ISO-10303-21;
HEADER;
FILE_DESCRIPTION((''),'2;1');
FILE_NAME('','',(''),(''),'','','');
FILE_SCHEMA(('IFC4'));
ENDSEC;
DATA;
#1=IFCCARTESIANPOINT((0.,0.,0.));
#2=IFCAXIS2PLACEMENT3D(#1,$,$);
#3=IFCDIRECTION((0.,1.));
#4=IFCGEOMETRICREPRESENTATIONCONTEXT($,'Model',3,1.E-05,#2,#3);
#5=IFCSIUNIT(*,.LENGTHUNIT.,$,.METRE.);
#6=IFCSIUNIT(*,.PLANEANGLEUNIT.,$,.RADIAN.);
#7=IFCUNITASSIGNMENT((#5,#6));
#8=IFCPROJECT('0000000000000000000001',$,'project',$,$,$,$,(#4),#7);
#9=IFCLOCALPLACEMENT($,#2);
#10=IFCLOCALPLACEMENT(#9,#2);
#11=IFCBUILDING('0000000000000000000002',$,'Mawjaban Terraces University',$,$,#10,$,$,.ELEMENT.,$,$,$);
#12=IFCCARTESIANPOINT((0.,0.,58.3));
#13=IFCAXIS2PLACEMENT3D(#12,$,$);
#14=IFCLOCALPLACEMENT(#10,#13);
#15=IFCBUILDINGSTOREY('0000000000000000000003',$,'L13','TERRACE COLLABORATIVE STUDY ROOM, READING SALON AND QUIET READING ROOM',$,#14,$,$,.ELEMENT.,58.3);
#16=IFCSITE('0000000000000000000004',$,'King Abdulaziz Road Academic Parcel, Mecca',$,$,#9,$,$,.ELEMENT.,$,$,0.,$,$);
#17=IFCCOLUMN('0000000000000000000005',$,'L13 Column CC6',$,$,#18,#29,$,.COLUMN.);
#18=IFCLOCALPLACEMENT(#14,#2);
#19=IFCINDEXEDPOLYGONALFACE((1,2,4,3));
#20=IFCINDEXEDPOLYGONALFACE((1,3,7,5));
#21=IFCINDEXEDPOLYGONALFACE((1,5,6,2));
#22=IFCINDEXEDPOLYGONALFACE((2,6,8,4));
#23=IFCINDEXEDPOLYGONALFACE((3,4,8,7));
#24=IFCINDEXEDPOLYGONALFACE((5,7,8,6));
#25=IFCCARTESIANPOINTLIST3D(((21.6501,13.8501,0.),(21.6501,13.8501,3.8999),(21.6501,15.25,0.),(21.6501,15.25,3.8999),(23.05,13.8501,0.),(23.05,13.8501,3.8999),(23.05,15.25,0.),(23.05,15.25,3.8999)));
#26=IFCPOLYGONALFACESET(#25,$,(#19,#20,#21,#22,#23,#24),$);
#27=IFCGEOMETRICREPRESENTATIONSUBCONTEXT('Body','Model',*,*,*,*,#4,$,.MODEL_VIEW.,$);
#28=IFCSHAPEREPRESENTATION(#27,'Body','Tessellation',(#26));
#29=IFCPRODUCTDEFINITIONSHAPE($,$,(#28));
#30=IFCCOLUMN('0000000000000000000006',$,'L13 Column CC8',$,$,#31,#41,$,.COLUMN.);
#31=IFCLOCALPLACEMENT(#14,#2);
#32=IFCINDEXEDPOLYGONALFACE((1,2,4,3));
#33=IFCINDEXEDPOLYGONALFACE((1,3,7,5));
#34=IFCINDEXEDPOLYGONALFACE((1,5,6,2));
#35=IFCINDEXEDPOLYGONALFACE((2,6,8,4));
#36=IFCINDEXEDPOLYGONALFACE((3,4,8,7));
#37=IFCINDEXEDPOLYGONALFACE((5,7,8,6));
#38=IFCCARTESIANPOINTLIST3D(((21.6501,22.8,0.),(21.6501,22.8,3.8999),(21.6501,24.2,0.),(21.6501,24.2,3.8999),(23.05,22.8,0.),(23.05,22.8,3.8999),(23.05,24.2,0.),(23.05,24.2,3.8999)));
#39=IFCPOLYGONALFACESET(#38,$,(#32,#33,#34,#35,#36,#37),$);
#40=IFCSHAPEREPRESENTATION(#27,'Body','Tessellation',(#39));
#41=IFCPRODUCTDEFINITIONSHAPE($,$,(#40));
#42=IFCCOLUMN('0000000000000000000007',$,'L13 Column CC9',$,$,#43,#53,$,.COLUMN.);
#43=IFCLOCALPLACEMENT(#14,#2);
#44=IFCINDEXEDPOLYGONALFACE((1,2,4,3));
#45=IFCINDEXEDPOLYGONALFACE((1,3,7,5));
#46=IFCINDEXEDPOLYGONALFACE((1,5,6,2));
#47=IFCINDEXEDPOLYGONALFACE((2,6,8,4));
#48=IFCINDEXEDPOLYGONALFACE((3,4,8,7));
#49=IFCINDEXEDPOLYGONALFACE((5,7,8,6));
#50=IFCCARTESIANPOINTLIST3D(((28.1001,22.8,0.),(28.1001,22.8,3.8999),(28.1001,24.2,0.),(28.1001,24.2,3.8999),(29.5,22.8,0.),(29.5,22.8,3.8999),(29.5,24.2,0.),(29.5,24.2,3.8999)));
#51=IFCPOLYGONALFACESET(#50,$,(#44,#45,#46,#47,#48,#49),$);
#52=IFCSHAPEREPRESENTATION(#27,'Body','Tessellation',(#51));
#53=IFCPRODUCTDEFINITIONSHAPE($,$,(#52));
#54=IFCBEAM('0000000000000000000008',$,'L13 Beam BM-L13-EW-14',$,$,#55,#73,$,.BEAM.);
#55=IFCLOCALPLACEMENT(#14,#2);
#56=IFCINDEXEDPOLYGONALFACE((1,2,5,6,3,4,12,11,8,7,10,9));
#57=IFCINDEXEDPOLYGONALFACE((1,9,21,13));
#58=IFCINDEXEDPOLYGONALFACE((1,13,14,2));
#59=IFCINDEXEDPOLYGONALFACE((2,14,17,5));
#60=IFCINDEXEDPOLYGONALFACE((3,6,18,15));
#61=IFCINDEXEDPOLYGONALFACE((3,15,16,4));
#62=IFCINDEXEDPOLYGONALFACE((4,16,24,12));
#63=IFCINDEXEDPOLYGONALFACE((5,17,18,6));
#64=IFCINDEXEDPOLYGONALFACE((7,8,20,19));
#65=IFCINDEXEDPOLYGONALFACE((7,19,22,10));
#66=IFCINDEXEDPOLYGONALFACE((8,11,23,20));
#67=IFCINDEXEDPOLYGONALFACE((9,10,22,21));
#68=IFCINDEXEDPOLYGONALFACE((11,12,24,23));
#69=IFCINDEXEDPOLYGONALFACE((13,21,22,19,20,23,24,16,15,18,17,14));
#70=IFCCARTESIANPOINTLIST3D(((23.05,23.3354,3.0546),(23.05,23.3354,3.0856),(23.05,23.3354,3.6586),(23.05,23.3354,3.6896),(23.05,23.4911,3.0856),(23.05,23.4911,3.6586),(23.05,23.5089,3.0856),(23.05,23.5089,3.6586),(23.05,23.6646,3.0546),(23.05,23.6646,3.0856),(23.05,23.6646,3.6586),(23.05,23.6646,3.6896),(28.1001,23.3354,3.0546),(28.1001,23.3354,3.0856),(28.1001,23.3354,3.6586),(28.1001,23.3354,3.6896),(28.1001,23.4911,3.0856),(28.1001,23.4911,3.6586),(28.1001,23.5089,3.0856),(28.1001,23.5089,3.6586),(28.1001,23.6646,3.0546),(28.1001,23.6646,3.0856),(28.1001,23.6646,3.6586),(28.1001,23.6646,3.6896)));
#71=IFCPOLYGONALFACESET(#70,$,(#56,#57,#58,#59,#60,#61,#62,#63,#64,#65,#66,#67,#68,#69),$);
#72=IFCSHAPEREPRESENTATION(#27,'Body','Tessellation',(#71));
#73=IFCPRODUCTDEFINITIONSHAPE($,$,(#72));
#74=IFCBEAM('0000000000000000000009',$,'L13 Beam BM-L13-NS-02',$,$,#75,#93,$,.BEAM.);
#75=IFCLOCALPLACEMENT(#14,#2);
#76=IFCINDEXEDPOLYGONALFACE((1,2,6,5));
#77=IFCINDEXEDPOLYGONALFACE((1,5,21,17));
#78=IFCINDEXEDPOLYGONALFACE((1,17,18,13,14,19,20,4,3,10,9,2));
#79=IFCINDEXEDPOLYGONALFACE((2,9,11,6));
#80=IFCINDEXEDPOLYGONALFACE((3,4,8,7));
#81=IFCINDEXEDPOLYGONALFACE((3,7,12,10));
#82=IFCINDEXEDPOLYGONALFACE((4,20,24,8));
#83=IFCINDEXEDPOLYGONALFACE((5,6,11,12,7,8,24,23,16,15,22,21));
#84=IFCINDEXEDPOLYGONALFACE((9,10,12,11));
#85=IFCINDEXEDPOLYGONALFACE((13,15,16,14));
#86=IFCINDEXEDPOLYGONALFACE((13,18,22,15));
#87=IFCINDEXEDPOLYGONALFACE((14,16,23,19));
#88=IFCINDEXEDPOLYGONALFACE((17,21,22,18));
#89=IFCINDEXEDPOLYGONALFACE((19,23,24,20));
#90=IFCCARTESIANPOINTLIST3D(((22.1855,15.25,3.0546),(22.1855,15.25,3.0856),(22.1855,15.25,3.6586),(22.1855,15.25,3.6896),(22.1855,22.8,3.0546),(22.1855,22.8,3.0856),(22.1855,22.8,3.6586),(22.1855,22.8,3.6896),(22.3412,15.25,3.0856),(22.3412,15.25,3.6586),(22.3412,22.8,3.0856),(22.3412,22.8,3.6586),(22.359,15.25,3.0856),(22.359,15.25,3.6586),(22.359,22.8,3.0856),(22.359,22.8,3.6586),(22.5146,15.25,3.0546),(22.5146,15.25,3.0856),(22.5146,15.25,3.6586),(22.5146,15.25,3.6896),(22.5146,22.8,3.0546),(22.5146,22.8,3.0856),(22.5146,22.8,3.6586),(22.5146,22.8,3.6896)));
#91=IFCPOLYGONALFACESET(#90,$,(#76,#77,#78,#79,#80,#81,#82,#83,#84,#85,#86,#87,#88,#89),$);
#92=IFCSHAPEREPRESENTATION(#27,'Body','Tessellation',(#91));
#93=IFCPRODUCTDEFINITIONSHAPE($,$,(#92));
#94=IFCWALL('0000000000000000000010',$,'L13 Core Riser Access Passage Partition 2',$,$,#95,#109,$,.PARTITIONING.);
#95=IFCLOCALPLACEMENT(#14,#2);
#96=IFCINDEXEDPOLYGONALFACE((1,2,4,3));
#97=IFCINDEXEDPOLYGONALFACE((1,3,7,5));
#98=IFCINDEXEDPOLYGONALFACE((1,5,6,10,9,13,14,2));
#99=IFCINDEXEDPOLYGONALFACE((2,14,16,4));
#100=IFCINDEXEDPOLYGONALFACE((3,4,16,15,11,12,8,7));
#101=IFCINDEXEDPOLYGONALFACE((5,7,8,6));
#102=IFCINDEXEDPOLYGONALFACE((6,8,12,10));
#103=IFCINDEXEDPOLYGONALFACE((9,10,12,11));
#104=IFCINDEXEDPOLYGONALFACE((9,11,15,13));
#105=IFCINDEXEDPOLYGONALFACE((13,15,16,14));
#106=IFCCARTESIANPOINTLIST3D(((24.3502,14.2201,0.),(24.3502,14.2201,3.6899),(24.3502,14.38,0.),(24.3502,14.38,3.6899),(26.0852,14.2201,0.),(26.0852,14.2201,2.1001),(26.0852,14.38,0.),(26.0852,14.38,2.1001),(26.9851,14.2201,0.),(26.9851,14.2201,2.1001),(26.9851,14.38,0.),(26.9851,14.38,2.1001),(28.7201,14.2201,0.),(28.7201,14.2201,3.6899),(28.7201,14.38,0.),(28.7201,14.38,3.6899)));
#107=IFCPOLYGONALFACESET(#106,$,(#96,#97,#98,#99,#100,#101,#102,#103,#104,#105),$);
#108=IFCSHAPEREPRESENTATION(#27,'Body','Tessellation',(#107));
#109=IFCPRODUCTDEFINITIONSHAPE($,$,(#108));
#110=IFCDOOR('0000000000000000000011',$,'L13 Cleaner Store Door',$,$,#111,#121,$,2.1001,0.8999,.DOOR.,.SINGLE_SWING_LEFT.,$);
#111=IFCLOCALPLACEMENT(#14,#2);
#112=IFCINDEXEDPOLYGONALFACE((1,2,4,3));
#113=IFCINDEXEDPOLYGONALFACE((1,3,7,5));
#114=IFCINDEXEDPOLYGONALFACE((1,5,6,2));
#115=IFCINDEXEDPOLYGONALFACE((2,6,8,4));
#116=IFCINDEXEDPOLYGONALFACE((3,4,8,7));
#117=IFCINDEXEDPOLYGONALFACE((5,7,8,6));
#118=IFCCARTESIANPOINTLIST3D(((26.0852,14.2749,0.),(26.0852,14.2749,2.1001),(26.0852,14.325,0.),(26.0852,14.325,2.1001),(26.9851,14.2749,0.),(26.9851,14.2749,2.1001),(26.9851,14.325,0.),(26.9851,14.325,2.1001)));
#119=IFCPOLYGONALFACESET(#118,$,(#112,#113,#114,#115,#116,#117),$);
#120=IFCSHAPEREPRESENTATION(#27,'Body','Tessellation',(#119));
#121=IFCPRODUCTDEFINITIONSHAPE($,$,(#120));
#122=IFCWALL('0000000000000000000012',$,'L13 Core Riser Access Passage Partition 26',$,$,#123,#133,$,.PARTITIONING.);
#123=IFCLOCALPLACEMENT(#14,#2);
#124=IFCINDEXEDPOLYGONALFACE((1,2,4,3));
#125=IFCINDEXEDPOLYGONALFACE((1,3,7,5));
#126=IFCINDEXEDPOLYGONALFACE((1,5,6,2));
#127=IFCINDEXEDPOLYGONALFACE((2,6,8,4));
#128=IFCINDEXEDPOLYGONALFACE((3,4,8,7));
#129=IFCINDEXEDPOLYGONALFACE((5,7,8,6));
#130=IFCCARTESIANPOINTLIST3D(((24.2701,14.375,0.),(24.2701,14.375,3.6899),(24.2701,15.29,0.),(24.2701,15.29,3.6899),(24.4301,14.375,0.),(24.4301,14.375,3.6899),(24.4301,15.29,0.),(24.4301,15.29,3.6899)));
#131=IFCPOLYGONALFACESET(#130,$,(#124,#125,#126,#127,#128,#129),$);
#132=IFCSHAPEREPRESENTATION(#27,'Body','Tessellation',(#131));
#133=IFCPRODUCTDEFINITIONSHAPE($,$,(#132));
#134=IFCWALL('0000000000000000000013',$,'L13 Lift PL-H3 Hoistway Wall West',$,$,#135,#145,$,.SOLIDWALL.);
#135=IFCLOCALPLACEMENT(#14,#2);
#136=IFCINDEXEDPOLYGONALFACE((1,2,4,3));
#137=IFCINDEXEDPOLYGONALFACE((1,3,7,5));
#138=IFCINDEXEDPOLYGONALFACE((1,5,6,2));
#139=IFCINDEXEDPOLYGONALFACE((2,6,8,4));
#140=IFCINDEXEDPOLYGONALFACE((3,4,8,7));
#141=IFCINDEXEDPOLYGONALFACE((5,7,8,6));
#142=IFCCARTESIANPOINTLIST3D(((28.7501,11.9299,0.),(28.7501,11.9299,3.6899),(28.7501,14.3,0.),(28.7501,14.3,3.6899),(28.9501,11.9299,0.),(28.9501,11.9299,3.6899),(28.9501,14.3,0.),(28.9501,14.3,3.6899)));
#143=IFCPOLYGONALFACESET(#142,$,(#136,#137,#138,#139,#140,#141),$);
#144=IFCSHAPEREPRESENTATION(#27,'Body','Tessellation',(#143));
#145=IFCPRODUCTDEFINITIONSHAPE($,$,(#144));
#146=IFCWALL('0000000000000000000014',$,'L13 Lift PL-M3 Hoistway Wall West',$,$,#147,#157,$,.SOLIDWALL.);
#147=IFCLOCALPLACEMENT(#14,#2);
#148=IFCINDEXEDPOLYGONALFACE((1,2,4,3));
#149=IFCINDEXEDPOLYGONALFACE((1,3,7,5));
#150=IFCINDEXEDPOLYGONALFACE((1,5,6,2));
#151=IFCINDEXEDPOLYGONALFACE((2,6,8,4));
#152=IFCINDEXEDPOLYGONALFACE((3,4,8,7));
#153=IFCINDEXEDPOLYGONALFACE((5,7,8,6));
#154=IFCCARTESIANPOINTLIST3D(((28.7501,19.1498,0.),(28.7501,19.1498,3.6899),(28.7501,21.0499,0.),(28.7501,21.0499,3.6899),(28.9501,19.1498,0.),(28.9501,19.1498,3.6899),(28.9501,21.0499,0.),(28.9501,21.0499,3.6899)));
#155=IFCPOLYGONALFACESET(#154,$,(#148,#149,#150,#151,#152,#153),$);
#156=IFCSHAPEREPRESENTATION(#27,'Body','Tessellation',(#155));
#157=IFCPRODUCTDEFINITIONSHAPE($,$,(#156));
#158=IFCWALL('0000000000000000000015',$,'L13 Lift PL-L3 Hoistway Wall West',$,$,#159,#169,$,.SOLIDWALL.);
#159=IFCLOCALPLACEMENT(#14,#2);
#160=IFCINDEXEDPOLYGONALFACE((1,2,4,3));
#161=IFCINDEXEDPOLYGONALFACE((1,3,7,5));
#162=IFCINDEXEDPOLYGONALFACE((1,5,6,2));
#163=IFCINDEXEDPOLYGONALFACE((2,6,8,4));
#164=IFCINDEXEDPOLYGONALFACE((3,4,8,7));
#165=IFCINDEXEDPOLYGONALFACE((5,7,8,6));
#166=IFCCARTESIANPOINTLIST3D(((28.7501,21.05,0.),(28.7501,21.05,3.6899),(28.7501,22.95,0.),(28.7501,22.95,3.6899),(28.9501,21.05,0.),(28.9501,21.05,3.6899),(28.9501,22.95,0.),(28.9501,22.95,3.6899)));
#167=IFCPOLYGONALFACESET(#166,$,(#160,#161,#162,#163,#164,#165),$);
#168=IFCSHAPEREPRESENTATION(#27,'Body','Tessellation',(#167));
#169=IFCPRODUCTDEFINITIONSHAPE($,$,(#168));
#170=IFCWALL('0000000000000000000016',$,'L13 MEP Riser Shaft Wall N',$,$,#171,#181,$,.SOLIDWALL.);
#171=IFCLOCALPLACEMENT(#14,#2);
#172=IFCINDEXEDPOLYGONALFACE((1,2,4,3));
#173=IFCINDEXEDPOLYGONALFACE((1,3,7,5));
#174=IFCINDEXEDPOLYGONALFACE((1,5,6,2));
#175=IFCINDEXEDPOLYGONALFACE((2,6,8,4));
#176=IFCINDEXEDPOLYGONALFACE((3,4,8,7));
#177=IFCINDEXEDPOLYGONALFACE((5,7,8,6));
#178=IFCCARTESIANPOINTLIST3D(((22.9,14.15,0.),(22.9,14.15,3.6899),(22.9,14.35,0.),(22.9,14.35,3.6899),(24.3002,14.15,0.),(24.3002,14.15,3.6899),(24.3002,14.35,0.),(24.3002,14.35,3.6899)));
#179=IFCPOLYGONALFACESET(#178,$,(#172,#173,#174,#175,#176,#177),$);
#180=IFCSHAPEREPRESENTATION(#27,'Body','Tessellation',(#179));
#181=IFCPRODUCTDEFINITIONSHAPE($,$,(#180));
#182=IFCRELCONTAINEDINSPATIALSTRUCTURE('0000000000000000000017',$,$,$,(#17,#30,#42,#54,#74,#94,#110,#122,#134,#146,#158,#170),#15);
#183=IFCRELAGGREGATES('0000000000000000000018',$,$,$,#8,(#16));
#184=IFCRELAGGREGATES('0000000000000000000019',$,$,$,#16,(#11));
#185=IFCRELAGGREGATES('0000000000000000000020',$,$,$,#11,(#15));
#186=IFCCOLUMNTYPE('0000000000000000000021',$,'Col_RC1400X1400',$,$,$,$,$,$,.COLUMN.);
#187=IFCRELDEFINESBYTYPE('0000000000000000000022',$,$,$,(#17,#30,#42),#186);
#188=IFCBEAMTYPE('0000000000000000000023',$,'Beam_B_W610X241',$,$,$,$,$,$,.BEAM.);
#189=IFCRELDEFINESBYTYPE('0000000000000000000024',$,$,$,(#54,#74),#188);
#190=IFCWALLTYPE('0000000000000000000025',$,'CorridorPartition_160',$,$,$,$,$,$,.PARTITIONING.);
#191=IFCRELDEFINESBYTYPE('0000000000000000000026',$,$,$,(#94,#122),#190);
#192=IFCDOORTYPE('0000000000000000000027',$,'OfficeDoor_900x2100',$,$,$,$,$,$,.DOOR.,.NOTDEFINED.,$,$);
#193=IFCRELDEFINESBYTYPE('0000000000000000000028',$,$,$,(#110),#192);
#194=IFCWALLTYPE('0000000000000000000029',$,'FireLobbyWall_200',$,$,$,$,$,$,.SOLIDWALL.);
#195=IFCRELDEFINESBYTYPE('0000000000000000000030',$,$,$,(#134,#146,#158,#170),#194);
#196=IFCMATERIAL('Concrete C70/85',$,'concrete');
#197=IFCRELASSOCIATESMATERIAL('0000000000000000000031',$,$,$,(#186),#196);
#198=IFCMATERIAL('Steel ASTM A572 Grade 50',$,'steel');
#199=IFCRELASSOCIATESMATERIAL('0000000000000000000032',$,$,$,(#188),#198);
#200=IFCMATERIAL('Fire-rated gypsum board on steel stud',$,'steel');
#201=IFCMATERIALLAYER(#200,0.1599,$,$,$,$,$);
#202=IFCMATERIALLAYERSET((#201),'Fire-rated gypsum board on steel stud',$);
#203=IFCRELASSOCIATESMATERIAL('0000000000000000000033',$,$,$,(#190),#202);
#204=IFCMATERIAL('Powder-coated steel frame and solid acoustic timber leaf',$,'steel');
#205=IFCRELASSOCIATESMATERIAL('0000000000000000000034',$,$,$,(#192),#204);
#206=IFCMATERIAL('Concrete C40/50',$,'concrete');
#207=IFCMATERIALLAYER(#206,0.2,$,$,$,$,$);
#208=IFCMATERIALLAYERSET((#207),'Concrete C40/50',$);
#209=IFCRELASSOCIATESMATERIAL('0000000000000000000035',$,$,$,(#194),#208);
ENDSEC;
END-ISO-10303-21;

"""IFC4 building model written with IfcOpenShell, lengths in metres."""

from ifc_helpers import new_model, si_unit, direction, frame, frame_2d, origin, origin_2d, place, context, subcontext, project, spatial, rectangle, i_section, extrude, material, layer, layer_set, material_profile, profile_set, type_object, element, fill, save


model = new_model("IFC4")

# Units and contexts
model_context = context("Model", 3, precision=1e-05, world=origin(), true_north=direction((0.0, 1.0)))
body_context = subcontext(model_context, "Body", "Model", "MODEL_VIEW")
ifc_project = project(units=[si_unit("LENGTHUNIT", "METRE"), si_unit("PLANEANGLEUNIT", "RADIAN")], contexts=[model_context])

# Site, building, storey
site_placement = place(None, origin())
site = spatial("IfcSite", under=ifc_project, at=site_placement, Name="King Abdulaziz Road Academic Parcel, Mecca", CompositionType="ELEMENT", RefElevation=0.0)
building_placement = place(site_placement, origin())
building = spatial("IfcBuilding", under=site, at=building_placement, Name="Mawjaban Terraces University", CompositionType="ELEMENT")
storey_placement = place(building_placement, frame((0.0, 0.0, 58.3)))
storey = spatial("IfcBuildingStorey", under=building, at=storey_placement, Name="L13", Description="TERRACE COLLABORATIVE STUDY ROOM, READING SALON AND QUIET READING ROOM", CompositionType="ELEMENT", Elevation=58.3)

# Columns
ifc_material_1 = material(Name="Concrete C70/85", Category="concrete")
ifc_material_profile_1 = material_profile(ifc_material_1, rectangle(XDim=1.3999, YDim=1.3999, at=origin_2d()), Name="RC1400X1400")
ifc_profile_set_1 = profile_set([ifc_material_profile_1], Name="Concrete C70/85")
column_type = type_object("IfcColumnType", Name="Col_RC1400X1400", PredefinedType="COLUMN", material=ifc_profile_set_1)
for number, where, z_axis, x_axis, name in (
    (1, (22.3501, 14.55, 0.0), (0.0, 0.0, 1.0), (1.0, 0.0, 0.0), "L13 Column CC6"),
    (2, (22.3501, 23.5, 0.0), (0.0, 0.0, 1.0), (1.0, 0.0, 0.0), "L13 Column CC8"),
    (3, (28.8, 23.5, 0.0), (0.0, 0.0, 1.0), (1.0, 0.0, 0.0), "L13 Column CC9"),
):
    element("IfcColumn", number, at=place(storey_placement, frame(where, z_axis=z_axis, x_axis=x_axis)), inside=storey, type_object=column_type, Name=name, PredefinedType="COLUMN", context=body_context, shape_type="SweptSolid", body=[
        extrude(rectangle(XDim=1.3999, YDim=1.3999, at=origin_2d()), origin(), (0.0, 0.0, 1.0), 3.8999),
    ])

# Beams
ifc_material_2 = material(Name="Steel ASTM A572 Grade 50", Category="steel")
ifc_material_profile_2 = material_profile(ifc_material_2, i_section(OverallWidth=0.3291, OverallDepth=0.635, WebThickness=0.0178, FlangeThickness=0.031, at=origin_2d()), Name="W610X241")
ifc_profile_set_2 = profile_set([ifc_material_profile_2], Name="Steel ASTM A572 Grade 50")
beam_type = type_object("IfcBeamType", Name="Beam_B_W610X241", PredefinedType="BEAM", material=ifc_profile_set_2)
beam_1_placement = place(storey_placement, frame((23.05, 23.5, 3.3721), z_axis=(1.0, 0.0, 0.0), x_axis=(0.0, 1.0, 0.0)))
element("IfcBeam", 4, at=beam_1_placement, inside=storey, type_object=beam_type, Name="L13 Beam BM-L13-EW-14", PredefinedType="BEAM", context=body_context, shape_type="SweptSolid", body=[
    extrude(i_section(OverallWidth=0.3291, OverallDepth=0.635, WebThickness=0.0178, FlangeThickness=0.031, at=origin_2d()), origin(), (0.0, 0.0, 1.0), 5.05),
])
beam_2_placement = place(storey_placement, frame((22.3501, 15.25, 3.3721), z_axis=(0.0, 1.0, 0.0), x_axis=(-1.0, 0.0, 0.0)))
element("IfcBeam", 5, at=beam_2_placement, inside=storey, type_object=beam_type, Name="L13 Beam BM-L13-NS-02", PredefinedType="BEAM", context=body_context, shape_type="SweptSolid", body=[
    extrude(i_section(OverallWidth=0.3291, OverallDepth=0.635, WebThickness=0.0178, FlangeThickness=0.031, at=origin_2d()), origin(), (0.0, 0.0, 1.0), 7.55),
])

# Wall, opening, door
ifc_material_3 = material(Name="Fire-rated gypsum board on steel stud", Category="steel")
ifc_layer_1 = layer(ifc_material_3, 0.1599)
ifc_layer_set_1 = layer_set([ifc_layer_1], Name="Fire-rated gypsum board on steel stud")
wall_type_1 = type_object("IfcWallType", Name="CorridorPartition_160", PredefinedType="PARTITIONING", material=ifc_layer_set_1)
wall_1_placement = place(storey_placement, frame((24.3501, 14.3, 0.0), z_axis=(0.0, 0.0, 1.0), x_axis=(1.0, 0.0, 0.0)))
wall_1 = element("IfcWall", 6, at=wall_1_placement, inside=storey, type_object=wall_type_1, Name="L13 Core Riser Access Passage Partition 2", PredefinedType="PARTITIONING", context=body_context, shape_type="SweptSolid", body=[
    extrude(rectangle(XDim=4.3699, YDim=0.1599, at=frame_2d((2.1851, 0.0))), origin(), (0.0, 0.0, 1.0), 3.6899),
])
opening_placement = place(wall_1_placement, frame((1.7351, 0.0, 0.0)))
opening = element("IfcOpeningElement", 7, at=opening_placement, cuts=wall_1, PredefinedType="OPENING", context=body_context, shape_type="SweptSolid", body=[
    extrude(rectangle(XDim=0.8999, YDim=2.1001, at=frame_2d((0.45, 1.05))), frame((0.0, 0.0898, 0.0), z_axis=(0.0, -1.0, 0.0), x_axis=(1.0, 0.0, 0.0)), (0.0, 0.0, 1.0), 0.1799),
])
ifc_material_4 = material(Name="Powder-coated steel frame and solid acoustic timber leaf", Category="steel")
door_type = type_object("IfcDoorType", Name="OfficeDoor_900x2100", OperationType="NOTDEFINED", PredefinedType="DOOR", material=ifc_material_4)
door_placement = place(opening_placement, origin())
door = element("IfcDoor", 8, at=door_placement, inside=storey, type_object=door_type, Name="L13 Cleaner Store Door", OperationType="SINGLE_SWING_LEFT", OverallHeight=2.1001, OverallWidth=0.8999, PredefinedType="DOOR", context=body_context, shape_type="SweptSolid", body=[
    extrude(rectangle(XDim=0.8999, YDim=2.1001, at=frame_2d((0.45, 1.05))), frame((0.0, 0.0249, 0.0), z_axis=(0.0, -1.0, 0.0), x_axis=(1.0, 0.0, 0.0)), (0.0, 0.0, 1.0), 0.05),
])
fill(opening, door)

# Walls
wall_2_placement = place(storey_placement, frame((24.3501, 15.29, 0.0), z_axis=(0.0, 0.0, 1.0), x_axis=(0.0, -1.0, 0.0)))
element("IfcWall", 9, at=wall_2_placement, inside=storey, type_object=wall_type_1, Name="L13 Core Riser Access Passage Partition 26", PredefinedType="PARTITIONING", context=body_context, shape_type="SweptSolid", body=[
    extrude(rectangle(XDim=0.915, YDim=0.1599, at=frame_2d((0.4575, 0.0))), origin(), (0.0, 0.0, 1.0), 3.6899),
])
ifc_material_5 = material(Name="Concrete C40/50", Category="concrete")
ifc_layer_2 = layer(ifc_material_5, 0.2)
ifc_layer_set_2 = layer_set([ifc_layer_2], Name="Concrete C40/50")
wall_type_2 = type_object("IfcWallType", Name="FireLobbyWall_200", PredefinedType="SOLIDWALL", material=ifc_layer_set_2)
wall_3_placement = place(storey_placement, frame((28.8501, 14.3, 0.0), z_axis=(0.0, 0.0, 1.0), x_axis=(0.0, -1.0, 0.0)))
element("IfcWall", 10, at=wall_3_placement, inside=storey, type_object=wall_type_2, Name="L13 Lift PL-H3 Hoistway Wall West", PredefinedType="SOLIDWALL", context=body_context, shape_type="SweptSolid", body=[
    extrude(rectangle(XDim=2.3701, YDim=0.2, at=frame_2d((1.1851, 0.0))), origin(), (0.0, 0.0, 1.0), 3.6899),
])
wall_4_placement = place(storey_placement, frame((28.8501, 21.05, 0.0), z_axis=(0.0, 0.0, 1.0), x_axis=(0.0, -1.0, 0.0)))
element("IfcWall", 11, at=wall_4_placement, inside=storey, type_object=wall_type_2, Name="L13 Lift PL-M3 Hoistway Wall West", PredefinedType="SOLIDWALL", context=body_context, shape_type="SweptSolid", body=[
    extrude(rectangle(XDim=1.9001, YDim=0.2, at=frame_2d((0.9502, 0.0))), origin(), (0.0, 0.0, 1.0), 3.6899),
])
wall_5_placement = place(storey_placement, frame((28.8501, 22.95, 0.0), z_axis=(0.0, 0.0, 1.0), x_axis=(0.0, -1.0, 0.0)))
element("IfcWall", 12, at=wall_5_placement, inside=storey, type_object=wall_type_2, Name="L13 Lift PL-L3 Hoistway Wall West", PredefinedType="SOLIDWALL", context=body_context, shape_type="SweptSolid", body=[
    extrude(rectangle(XDim=1.8999, YDim=0.2, at=frame_2d((0.95, 0.0))), origin(), (0.0, 0.0, 1.0), 3.6899),
])
wall_6_placement = place(storey_placement, frame((22.8999, 14.25, 0.0), z_axis=(0.0, 0.0, 1.0), x_axis=(1.0, 0.0, 0.0)))
element("IfcWall", 13, at=wall_6_placement, inside=storey, type_object=wall_type_2, Name="L13 MEP Riser Shaft Wall N", PredefinedType="SOLIDWALL", context=body_context, shape_type="SweptSolid", body=[
    extrude(rectangle(XDim=1.4001, YDim=0.2, at=frame_2d((0.7002, 0.0))), origin(), (0.0, 0.0, 1.0), 3.6899),
])

save(model, "model.ifc")
